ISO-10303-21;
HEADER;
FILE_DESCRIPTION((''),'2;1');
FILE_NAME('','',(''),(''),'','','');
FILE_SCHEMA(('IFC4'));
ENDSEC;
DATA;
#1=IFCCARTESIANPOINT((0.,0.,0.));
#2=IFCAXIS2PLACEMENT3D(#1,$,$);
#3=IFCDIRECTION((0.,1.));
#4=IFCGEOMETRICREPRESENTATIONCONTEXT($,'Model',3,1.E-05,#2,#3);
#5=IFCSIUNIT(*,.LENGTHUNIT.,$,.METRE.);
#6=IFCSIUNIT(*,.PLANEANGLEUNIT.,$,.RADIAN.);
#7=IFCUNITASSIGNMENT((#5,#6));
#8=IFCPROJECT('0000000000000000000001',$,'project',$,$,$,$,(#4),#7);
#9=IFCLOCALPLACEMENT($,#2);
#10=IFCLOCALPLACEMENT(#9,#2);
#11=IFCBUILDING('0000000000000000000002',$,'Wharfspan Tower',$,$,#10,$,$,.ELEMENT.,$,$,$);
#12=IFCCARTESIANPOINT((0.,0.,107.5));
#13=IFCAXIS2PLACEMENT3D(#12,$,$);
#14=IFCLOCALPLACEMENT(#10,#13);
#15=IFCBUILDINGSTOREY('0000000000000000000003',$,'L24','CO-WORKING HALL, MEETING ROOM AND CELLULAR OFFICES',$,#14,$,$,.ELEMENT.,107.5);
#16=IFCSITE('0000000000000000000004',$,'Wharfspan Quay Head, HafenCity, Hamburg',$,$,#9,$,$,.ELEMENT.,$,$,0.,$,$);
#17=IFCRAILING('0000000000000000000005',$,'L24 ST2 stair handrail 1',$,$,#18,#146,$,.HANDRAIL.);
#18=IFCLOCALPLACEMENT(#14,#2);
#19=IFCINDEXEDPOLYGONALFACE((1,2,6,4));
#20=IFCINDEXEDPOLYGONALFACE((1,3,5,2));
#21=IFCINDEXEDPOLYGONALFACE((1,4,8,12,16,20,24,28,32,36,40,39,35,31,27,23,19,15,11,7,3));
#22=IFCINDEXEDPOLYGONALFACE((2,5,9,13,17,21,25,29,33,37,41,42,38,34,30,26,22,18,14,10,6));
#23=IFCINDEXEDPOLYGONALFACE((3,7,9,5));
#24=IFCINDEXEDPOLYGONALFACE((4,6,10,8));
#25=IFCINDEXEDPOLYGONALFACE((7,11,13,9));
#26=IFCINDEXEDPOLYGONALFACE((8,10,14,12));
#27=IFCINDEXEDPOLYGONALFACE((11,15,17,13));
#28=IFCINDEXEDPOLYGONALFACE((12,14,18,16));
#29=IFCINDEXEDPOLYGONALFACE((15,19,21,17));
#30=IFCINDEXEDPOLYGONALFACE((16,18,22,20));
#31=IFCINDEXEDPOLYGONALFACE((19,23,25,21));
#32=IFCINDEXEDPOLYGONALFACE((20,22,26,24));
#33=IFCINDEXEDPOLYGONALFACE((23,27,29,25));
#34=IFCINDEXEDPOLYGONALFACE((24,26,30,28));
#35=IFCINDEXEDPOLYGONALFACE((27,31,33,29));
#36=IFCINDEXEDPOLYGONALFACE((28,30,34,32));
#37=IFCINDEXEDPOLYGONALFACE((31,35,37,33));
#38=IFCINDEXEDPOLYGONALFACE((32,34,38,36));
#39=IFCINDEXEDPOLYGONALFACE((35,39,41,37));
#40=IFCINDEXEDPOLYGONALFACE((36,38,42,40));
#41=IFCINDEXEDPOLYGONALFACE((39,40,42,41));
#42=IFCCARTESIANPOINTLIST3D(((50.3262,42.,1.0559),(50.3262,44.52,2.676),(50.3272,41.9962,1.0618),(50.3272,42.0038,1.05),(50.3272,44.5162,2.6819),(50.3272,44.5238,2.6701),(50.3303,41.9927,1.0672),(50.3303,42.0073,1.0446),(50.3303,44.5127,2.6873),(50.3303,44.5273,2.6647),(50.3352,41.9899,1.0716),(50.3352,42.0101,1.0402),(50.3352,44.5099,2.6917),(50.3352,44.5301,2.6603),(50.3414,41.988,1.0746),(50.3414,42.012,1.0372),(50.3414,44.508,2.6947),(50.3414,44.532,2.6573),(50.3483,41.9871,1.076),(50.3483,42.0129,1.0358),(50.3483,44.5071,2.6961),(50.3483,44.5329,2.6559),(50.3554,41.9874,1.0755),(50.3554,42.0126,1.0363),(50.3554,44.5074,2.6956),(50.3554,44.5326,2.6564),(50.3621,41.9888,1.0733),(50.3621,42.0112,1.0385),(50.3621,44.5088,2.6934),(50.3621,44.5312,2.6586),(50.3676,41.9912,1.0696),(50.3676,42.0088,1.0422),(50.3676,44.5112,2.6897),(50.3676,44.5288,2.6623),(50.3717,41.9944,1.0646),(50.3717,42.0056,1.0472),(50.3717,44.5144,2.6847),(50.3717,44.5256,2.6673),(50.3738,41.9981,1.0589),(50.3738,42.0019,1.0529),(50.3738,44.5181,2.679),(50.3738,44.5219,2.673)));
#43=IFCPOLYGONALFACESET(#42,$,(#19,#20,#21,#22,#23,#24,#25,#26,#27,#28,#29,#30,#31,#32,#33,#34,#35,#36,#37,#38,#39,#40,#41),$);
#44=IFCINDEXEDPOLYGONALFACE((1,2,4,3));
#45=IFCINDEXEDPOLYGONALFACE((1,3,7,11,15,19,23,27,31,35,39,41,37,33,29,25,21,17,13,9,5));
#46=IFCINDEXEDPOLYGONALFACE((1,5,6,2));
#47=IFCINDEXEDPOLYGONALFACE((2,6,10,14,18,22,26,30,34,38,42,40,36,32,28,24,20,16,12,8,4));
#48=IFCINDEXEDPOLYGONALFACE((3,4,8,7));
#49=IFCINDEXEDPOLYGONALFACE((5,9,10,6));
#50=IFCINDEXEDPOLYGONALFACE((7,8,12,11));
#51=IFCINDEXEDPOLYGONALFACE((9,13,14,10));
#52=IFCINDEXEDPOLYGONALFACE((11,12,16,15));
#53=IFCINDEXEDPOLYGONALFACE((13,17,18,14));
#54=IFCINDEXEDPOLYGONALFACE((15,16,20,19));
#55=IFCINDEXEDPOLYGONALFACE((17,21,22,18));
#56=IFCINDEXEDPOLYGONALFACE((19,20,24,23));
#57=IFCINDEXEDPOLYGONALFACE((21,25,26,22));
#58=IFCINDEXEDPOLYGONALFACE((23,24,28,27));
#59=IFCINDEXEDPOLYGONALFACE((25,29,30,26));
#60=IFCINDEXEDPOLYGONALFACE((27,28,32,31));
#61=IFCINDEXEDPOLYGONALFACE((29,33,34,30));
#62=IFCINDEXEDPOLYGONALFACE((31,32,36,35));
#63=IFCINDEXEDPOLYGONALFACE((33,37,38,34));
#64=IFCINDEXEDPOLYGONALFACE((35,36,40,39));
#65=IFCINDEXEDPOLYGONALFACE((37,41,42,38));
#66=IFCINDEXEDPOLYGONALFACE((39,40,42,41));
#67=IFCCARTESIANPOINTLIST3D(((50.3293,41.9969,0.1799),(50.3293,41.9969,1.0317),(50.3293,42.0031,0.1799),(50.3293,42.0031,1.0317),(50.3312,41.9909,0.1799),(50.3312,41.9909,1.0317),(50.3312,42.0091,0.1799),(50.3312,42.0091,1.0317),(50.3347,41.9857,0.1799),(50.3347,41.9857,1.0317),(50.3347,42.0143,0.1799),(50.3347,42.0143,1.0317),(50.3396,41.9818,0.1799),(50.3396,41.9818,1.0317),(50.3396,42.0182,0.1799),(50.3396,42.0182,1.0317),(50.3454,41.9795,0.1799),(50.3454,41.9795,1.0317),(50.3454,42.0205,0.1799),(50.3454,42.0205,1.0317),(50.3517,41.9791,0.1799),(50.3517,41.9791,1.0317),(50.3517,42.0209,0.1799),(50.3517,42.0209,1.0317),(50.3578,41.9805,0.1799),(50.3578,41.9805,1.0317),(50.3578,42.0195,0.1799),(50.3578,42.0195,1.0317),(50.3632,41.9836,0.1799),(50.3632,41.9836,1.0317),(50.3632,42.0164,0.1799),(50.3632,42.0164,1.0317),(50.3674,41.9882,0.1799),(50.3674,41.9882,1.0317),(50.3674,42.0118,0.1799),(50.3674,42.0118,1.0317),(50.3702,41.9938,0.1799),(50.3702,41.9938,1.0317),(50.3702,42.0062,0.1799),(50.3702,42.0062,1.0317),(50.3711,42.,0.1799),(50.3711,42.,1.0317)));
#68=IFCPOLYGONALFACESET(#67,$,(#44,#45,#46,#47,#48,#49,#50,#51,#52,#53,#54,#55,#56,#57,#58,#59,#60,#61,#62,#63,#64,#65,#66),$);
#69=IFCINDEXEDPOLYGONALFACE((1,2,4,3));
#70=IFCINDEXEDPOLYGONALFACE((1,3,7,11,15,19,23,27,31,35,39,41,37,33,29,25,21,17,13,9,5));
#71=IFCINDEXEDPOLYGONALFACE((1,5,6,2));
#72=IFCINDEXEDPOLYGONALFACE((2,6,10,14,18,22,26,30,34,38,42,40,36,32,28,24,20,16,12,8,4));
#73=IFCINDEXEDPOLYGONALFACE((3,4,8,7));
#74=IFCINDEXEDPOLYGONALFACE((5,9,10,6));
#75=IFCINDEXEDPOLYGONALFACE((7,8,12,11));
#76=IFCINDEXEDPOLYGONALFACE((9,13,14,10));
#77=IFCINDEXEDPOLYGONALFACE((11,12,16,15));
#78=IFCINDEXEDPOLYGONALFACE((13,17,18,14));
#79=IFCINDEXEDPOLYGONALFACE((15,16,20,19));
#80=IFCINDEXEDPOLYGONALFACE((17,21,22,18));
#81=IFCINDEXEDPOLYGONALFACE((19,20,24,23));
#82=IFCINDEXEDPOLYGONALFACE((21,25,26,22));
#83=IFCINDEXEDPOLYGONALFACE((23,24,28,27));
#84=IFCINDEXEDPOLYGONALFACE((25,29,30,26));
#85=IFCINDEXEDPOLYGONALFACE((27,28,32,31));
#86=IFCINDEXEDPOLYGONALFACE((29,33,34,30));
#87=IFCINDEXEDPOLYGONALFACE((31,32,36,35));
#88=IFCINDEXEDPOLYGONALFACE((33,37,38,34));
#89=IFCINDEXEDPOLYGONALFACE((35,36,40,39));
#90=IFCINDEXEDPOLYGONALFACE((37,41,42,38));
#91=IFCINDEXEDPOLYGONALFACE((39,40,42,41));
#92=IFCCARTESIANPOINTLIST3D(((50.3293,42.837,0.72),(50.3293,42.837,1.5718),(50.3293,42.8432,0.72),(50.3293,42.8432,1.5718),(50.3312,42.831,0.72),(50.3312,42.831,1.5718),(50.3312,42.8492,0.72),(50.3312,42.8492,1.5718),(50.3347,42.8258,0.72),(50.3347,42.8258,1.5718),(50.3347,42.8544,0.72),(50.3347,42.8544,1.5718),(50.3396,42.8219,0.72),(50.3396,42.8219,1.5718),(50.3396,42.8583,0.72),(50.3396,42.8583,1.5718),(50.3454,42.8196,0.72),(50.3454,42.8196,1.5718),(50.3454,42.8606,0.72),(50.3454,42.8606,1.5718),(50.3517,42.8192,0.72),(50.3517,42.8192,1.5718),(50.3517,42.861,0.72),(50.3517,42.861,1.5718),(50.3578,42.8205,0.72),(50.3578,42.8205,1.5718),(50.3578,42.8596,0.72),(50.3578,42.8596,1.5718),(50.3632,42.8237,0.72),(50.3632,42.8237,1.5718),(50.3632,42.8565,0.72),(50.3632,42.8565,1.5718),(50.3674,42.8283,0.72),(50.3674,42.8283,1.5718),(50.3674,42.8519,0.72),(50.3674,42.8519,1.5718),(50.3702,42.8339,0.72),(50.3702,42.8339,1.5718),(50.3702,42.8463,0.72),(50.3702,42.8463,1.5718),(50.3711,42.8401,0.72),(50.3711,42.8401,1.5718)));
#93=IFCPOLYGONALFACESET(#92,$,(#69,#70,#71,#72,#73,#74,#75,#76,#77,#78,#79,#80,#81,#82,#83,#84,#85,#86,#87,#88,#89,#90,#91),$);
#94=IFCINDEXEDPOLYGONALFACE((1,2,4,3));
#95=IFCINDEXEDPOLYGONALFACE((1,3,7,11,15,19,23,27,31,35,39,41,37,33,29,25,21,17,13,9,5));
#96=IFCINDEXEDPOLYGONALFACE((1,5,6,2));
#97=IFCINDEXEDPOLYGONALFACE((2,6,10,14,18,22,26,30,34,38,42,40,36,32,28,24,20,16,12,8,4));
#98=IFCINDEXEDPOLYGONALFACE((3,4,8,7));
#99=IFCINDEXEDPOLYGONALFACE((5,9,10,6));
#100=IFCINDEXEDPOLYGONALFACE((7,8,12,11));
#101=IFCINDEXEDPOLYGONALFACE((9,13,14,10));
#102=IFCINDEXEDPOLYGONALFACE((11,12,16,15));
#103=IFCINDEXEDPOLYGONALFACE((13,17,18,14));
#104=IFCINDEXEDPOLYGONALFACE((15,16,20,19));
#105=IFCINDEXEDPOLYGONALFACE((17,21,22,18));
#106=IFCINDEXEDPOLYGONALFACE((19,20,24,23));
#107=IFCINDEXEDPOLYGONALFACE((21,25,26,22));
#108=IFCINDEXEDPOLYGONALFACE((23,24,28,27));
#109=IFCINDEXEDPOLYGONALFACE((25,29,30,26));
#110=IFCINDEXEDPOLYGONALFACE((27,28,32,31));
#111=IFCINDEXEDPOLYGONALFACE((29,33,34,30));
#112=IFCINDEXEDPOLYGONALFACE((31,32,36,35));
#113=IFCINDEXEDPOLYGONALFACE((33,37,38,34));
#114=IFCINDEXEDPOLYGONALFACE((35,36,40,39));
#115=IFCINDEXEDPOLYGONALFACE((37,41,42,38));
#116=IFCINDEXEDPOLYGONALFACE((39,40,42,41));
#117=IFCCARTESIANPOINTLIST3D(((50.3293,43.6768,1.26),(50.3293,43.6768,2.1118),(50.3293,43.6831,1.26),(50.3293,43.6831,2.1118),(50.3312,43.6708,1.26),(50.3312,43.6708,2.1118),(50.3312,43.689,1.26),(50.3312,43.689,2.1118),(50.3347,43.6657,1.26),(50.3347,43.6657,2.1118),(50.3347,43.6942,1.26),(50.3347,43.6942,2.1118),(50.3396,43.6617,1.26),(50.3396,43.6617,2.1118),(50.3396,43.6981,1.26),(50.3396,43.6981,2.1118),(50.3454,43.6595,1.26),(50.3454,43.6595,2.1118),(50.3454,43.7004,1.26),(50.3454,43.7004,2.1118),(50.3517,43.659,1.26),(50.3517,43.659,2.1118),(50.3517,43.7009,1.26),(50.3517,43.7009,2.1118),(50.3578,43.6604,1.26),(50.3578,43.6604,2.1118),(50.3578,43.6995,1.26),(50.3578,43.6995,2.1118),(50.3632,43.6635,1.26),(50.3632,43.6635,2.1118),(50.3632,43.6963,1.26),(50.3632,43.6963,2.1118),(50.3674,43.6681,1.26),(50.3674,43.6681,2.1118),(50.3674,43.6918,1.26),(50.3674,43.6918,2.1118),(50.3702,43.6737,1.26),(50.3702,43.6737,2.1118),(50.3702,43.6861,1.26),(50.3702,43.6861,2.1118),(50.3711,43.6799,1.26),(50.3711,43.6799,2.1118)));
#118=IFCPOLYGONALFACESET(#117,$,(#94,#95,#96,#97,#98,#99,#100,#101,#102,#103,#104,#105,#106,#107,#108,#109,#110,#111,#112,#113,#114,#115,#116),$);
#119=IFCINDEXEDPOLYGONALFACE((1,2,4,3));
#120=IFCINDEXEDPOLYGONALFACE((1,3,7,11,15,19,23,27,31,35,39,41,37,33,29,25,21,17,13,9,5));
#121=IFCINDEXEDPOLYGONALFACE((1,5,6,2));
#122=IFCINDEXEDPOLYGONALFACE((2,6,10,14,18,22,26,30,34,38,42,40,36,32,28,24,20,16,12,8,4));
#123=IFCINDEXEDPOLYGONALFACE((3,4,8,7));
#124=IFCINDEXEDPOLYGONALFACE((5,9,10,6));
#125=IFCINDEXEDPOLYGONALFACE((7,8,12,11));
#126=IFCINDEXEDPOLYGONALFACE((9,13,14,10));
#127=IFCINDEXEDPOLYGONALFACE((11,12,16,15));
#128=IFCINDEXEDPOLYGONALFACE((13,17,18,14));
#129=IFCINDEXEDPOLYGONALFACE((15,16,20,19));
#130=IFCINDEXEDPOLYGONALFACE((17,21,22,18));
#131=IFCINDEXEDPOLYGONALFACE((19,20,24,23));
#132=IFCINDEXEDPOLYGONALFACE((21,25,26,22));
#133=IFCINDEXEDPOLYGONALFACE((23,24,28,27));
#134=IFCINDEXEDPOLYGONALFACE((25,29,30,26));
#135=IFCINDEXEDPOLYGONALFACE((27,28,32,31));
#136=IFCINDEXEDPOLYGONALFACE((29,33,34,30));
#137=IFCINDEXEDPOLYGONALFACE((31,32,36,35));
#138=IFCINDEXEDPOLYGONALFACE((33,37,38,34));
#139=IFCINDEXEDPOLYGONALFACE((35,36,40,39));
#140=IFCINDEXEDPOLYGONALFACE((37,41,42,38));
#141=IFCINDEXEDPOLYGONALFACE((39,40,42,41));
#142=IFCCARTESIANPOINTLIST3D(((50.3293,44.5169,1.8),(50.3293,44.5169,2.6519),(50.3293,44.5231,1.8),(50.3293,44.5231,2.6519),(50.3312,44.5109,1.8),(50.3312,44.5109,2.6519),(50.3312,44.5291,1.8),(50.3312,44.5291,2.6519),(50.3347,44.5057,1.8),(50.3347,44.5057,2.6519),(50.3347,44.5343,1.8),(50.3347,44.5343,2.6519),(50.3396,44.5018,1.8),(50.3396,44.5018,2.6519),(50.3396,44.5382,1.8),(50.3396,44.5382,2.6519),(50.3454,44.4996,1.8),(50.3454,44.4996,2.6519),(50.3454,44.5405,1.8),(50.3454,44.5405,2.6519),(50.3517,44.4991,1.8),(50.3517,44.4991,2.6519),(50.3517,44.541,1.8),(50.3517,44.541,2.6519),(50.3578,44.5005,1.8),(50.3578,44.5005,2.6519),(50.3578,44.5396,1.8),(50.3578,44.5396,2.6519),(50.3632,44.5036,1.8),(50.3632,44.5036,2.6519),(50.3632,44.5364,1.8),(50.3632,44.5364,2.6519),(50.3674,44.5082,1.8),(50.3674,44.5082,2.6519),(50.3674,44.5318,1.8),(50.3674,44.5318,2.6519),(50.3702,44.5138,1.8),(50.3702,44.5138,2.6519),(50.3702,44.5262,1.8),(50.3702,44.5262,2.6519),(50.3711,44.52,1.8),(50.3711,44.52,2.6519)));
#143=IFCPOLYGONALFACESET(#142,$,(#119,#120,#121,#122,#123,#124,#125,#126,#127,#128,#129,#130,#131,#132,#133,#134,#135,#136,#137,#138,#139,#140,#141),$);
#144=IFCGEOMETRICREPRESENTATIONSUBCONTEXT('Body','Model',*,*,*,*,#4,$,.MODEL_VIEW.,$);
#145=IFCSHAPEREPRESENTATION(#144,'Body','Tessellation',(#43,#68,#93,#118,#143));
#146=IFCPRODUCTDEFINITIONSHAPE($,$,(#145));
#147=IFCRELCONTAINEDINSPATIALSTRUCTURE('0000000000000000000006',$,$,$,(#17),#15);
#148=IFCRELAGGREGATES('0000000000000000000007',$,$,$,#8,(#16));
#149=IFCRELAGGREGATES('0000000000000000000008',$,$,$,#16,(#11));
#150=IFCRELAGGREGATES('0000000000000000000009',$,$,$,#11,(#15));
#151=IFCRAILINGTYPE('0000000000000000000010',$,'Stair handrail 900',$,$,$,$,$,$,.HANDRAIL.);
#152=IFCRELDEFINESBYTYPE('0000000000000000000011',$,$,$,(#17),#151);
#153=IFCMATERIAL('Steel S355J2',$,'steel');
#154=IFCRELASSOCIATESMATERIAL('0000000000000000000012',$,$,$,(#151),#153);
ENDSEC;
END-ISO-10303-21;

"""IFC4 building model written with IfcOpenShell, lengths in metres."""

from ifc_helpers import new_model, si_unit, direction, frame, origin, origin_2d, place, context, subcontext, project, spatial, circle, extrude, material, type_object, element, save


model = new_model("IFC4")

# Units and contexts
model_context = context("Model", 3, precision=1e-05, world=origin(), true_north=direction((0.0, 1.0)))
body_context = subcontext(model_context, "Body", "Model", "MODEL_VIEW")
ifc_project = project(units=[si_unit("LENGTHUNIT", "METRE"), si_unit("PLANEANGLEUNIT", "RADIAN")], contexts=[model_context])

# Site, building, storey
site_placement = place(None, origin())
site = spatial("IfcSite", under=ifc_project, at=site_placement, Name="Wharfspan Quay Head, HafenCity, Hamburg", CompositionType="ELEMENT", RefElevation=0.0)
building_placement = place(site_placement, origin())
building = spatial("IfcBuilding", under=site, at=building_placement, Name="Wharfspan Tower", CompositionType="ELEMENT")
storey_placement = place(building_placement, frame((0.0, 0.0, 107.5)))
storey = spatial("IfcBuildingStorey", under=building, at=storey_placement, Name="L24", Description="CO-WORKING HALL, MEETING ROOM AND CELLULAR OFFICES", CompositionType="ELEMENT", Elevation=107.5)

# Shared definitions
ifc_material_1 = material(Name="Steel S355J2", Category="steel")

# Railing
railing_type_1 = type_object("IfcRailingType", Name="Stair handrail 900", PredefinedType="HANDRAIL", material=ifc_material_1)
railing_1_placement = place(storey_placement, frame((50.3501, 42.0, 0.1799)))
element("IfcRailing", 1, at=railing_1_placement, inside=storey, type_object=railing_type_1, Name="L24 ST2 stair handrail 1", PredefinedType="HANDRAIL", context=body_context, shape_type="SweptSolid", body=[
    extrude(circle(Radius=0.0239, at=origin_2d()), frame((0.0, 0.0, 0.876), z_axis=(0.0, 0.841163, 0.540782), x_axis=(-1.0, 0.0, 0.0)), (0.0, 0.0, 1.0), 2.9958),
    extrude(circle(Radius=0.021, at=origin_2d()), origin(), (0.0, 0.0, 1.0), 0.8518),
    extrude(circle(Radius=0.021, at=origin_2d()), frame((0.0, 0.8401, 0.54)), (0.0, 0.0, 1.0), 0.8518),
    extrude(circle(Radius=0.021, at=origin_2d()), frame((0.0, 1.6799, 1.0801)), (0.0, 0.0, 1.0), 0.8518),
    extrude(circle(Radius=0.021, at=origin_2d()), frame((0.0, 2.52, 1.6201)), (0.0, 0.0, 1.0), 0.8518),
])

save(model, "model.ifc")
